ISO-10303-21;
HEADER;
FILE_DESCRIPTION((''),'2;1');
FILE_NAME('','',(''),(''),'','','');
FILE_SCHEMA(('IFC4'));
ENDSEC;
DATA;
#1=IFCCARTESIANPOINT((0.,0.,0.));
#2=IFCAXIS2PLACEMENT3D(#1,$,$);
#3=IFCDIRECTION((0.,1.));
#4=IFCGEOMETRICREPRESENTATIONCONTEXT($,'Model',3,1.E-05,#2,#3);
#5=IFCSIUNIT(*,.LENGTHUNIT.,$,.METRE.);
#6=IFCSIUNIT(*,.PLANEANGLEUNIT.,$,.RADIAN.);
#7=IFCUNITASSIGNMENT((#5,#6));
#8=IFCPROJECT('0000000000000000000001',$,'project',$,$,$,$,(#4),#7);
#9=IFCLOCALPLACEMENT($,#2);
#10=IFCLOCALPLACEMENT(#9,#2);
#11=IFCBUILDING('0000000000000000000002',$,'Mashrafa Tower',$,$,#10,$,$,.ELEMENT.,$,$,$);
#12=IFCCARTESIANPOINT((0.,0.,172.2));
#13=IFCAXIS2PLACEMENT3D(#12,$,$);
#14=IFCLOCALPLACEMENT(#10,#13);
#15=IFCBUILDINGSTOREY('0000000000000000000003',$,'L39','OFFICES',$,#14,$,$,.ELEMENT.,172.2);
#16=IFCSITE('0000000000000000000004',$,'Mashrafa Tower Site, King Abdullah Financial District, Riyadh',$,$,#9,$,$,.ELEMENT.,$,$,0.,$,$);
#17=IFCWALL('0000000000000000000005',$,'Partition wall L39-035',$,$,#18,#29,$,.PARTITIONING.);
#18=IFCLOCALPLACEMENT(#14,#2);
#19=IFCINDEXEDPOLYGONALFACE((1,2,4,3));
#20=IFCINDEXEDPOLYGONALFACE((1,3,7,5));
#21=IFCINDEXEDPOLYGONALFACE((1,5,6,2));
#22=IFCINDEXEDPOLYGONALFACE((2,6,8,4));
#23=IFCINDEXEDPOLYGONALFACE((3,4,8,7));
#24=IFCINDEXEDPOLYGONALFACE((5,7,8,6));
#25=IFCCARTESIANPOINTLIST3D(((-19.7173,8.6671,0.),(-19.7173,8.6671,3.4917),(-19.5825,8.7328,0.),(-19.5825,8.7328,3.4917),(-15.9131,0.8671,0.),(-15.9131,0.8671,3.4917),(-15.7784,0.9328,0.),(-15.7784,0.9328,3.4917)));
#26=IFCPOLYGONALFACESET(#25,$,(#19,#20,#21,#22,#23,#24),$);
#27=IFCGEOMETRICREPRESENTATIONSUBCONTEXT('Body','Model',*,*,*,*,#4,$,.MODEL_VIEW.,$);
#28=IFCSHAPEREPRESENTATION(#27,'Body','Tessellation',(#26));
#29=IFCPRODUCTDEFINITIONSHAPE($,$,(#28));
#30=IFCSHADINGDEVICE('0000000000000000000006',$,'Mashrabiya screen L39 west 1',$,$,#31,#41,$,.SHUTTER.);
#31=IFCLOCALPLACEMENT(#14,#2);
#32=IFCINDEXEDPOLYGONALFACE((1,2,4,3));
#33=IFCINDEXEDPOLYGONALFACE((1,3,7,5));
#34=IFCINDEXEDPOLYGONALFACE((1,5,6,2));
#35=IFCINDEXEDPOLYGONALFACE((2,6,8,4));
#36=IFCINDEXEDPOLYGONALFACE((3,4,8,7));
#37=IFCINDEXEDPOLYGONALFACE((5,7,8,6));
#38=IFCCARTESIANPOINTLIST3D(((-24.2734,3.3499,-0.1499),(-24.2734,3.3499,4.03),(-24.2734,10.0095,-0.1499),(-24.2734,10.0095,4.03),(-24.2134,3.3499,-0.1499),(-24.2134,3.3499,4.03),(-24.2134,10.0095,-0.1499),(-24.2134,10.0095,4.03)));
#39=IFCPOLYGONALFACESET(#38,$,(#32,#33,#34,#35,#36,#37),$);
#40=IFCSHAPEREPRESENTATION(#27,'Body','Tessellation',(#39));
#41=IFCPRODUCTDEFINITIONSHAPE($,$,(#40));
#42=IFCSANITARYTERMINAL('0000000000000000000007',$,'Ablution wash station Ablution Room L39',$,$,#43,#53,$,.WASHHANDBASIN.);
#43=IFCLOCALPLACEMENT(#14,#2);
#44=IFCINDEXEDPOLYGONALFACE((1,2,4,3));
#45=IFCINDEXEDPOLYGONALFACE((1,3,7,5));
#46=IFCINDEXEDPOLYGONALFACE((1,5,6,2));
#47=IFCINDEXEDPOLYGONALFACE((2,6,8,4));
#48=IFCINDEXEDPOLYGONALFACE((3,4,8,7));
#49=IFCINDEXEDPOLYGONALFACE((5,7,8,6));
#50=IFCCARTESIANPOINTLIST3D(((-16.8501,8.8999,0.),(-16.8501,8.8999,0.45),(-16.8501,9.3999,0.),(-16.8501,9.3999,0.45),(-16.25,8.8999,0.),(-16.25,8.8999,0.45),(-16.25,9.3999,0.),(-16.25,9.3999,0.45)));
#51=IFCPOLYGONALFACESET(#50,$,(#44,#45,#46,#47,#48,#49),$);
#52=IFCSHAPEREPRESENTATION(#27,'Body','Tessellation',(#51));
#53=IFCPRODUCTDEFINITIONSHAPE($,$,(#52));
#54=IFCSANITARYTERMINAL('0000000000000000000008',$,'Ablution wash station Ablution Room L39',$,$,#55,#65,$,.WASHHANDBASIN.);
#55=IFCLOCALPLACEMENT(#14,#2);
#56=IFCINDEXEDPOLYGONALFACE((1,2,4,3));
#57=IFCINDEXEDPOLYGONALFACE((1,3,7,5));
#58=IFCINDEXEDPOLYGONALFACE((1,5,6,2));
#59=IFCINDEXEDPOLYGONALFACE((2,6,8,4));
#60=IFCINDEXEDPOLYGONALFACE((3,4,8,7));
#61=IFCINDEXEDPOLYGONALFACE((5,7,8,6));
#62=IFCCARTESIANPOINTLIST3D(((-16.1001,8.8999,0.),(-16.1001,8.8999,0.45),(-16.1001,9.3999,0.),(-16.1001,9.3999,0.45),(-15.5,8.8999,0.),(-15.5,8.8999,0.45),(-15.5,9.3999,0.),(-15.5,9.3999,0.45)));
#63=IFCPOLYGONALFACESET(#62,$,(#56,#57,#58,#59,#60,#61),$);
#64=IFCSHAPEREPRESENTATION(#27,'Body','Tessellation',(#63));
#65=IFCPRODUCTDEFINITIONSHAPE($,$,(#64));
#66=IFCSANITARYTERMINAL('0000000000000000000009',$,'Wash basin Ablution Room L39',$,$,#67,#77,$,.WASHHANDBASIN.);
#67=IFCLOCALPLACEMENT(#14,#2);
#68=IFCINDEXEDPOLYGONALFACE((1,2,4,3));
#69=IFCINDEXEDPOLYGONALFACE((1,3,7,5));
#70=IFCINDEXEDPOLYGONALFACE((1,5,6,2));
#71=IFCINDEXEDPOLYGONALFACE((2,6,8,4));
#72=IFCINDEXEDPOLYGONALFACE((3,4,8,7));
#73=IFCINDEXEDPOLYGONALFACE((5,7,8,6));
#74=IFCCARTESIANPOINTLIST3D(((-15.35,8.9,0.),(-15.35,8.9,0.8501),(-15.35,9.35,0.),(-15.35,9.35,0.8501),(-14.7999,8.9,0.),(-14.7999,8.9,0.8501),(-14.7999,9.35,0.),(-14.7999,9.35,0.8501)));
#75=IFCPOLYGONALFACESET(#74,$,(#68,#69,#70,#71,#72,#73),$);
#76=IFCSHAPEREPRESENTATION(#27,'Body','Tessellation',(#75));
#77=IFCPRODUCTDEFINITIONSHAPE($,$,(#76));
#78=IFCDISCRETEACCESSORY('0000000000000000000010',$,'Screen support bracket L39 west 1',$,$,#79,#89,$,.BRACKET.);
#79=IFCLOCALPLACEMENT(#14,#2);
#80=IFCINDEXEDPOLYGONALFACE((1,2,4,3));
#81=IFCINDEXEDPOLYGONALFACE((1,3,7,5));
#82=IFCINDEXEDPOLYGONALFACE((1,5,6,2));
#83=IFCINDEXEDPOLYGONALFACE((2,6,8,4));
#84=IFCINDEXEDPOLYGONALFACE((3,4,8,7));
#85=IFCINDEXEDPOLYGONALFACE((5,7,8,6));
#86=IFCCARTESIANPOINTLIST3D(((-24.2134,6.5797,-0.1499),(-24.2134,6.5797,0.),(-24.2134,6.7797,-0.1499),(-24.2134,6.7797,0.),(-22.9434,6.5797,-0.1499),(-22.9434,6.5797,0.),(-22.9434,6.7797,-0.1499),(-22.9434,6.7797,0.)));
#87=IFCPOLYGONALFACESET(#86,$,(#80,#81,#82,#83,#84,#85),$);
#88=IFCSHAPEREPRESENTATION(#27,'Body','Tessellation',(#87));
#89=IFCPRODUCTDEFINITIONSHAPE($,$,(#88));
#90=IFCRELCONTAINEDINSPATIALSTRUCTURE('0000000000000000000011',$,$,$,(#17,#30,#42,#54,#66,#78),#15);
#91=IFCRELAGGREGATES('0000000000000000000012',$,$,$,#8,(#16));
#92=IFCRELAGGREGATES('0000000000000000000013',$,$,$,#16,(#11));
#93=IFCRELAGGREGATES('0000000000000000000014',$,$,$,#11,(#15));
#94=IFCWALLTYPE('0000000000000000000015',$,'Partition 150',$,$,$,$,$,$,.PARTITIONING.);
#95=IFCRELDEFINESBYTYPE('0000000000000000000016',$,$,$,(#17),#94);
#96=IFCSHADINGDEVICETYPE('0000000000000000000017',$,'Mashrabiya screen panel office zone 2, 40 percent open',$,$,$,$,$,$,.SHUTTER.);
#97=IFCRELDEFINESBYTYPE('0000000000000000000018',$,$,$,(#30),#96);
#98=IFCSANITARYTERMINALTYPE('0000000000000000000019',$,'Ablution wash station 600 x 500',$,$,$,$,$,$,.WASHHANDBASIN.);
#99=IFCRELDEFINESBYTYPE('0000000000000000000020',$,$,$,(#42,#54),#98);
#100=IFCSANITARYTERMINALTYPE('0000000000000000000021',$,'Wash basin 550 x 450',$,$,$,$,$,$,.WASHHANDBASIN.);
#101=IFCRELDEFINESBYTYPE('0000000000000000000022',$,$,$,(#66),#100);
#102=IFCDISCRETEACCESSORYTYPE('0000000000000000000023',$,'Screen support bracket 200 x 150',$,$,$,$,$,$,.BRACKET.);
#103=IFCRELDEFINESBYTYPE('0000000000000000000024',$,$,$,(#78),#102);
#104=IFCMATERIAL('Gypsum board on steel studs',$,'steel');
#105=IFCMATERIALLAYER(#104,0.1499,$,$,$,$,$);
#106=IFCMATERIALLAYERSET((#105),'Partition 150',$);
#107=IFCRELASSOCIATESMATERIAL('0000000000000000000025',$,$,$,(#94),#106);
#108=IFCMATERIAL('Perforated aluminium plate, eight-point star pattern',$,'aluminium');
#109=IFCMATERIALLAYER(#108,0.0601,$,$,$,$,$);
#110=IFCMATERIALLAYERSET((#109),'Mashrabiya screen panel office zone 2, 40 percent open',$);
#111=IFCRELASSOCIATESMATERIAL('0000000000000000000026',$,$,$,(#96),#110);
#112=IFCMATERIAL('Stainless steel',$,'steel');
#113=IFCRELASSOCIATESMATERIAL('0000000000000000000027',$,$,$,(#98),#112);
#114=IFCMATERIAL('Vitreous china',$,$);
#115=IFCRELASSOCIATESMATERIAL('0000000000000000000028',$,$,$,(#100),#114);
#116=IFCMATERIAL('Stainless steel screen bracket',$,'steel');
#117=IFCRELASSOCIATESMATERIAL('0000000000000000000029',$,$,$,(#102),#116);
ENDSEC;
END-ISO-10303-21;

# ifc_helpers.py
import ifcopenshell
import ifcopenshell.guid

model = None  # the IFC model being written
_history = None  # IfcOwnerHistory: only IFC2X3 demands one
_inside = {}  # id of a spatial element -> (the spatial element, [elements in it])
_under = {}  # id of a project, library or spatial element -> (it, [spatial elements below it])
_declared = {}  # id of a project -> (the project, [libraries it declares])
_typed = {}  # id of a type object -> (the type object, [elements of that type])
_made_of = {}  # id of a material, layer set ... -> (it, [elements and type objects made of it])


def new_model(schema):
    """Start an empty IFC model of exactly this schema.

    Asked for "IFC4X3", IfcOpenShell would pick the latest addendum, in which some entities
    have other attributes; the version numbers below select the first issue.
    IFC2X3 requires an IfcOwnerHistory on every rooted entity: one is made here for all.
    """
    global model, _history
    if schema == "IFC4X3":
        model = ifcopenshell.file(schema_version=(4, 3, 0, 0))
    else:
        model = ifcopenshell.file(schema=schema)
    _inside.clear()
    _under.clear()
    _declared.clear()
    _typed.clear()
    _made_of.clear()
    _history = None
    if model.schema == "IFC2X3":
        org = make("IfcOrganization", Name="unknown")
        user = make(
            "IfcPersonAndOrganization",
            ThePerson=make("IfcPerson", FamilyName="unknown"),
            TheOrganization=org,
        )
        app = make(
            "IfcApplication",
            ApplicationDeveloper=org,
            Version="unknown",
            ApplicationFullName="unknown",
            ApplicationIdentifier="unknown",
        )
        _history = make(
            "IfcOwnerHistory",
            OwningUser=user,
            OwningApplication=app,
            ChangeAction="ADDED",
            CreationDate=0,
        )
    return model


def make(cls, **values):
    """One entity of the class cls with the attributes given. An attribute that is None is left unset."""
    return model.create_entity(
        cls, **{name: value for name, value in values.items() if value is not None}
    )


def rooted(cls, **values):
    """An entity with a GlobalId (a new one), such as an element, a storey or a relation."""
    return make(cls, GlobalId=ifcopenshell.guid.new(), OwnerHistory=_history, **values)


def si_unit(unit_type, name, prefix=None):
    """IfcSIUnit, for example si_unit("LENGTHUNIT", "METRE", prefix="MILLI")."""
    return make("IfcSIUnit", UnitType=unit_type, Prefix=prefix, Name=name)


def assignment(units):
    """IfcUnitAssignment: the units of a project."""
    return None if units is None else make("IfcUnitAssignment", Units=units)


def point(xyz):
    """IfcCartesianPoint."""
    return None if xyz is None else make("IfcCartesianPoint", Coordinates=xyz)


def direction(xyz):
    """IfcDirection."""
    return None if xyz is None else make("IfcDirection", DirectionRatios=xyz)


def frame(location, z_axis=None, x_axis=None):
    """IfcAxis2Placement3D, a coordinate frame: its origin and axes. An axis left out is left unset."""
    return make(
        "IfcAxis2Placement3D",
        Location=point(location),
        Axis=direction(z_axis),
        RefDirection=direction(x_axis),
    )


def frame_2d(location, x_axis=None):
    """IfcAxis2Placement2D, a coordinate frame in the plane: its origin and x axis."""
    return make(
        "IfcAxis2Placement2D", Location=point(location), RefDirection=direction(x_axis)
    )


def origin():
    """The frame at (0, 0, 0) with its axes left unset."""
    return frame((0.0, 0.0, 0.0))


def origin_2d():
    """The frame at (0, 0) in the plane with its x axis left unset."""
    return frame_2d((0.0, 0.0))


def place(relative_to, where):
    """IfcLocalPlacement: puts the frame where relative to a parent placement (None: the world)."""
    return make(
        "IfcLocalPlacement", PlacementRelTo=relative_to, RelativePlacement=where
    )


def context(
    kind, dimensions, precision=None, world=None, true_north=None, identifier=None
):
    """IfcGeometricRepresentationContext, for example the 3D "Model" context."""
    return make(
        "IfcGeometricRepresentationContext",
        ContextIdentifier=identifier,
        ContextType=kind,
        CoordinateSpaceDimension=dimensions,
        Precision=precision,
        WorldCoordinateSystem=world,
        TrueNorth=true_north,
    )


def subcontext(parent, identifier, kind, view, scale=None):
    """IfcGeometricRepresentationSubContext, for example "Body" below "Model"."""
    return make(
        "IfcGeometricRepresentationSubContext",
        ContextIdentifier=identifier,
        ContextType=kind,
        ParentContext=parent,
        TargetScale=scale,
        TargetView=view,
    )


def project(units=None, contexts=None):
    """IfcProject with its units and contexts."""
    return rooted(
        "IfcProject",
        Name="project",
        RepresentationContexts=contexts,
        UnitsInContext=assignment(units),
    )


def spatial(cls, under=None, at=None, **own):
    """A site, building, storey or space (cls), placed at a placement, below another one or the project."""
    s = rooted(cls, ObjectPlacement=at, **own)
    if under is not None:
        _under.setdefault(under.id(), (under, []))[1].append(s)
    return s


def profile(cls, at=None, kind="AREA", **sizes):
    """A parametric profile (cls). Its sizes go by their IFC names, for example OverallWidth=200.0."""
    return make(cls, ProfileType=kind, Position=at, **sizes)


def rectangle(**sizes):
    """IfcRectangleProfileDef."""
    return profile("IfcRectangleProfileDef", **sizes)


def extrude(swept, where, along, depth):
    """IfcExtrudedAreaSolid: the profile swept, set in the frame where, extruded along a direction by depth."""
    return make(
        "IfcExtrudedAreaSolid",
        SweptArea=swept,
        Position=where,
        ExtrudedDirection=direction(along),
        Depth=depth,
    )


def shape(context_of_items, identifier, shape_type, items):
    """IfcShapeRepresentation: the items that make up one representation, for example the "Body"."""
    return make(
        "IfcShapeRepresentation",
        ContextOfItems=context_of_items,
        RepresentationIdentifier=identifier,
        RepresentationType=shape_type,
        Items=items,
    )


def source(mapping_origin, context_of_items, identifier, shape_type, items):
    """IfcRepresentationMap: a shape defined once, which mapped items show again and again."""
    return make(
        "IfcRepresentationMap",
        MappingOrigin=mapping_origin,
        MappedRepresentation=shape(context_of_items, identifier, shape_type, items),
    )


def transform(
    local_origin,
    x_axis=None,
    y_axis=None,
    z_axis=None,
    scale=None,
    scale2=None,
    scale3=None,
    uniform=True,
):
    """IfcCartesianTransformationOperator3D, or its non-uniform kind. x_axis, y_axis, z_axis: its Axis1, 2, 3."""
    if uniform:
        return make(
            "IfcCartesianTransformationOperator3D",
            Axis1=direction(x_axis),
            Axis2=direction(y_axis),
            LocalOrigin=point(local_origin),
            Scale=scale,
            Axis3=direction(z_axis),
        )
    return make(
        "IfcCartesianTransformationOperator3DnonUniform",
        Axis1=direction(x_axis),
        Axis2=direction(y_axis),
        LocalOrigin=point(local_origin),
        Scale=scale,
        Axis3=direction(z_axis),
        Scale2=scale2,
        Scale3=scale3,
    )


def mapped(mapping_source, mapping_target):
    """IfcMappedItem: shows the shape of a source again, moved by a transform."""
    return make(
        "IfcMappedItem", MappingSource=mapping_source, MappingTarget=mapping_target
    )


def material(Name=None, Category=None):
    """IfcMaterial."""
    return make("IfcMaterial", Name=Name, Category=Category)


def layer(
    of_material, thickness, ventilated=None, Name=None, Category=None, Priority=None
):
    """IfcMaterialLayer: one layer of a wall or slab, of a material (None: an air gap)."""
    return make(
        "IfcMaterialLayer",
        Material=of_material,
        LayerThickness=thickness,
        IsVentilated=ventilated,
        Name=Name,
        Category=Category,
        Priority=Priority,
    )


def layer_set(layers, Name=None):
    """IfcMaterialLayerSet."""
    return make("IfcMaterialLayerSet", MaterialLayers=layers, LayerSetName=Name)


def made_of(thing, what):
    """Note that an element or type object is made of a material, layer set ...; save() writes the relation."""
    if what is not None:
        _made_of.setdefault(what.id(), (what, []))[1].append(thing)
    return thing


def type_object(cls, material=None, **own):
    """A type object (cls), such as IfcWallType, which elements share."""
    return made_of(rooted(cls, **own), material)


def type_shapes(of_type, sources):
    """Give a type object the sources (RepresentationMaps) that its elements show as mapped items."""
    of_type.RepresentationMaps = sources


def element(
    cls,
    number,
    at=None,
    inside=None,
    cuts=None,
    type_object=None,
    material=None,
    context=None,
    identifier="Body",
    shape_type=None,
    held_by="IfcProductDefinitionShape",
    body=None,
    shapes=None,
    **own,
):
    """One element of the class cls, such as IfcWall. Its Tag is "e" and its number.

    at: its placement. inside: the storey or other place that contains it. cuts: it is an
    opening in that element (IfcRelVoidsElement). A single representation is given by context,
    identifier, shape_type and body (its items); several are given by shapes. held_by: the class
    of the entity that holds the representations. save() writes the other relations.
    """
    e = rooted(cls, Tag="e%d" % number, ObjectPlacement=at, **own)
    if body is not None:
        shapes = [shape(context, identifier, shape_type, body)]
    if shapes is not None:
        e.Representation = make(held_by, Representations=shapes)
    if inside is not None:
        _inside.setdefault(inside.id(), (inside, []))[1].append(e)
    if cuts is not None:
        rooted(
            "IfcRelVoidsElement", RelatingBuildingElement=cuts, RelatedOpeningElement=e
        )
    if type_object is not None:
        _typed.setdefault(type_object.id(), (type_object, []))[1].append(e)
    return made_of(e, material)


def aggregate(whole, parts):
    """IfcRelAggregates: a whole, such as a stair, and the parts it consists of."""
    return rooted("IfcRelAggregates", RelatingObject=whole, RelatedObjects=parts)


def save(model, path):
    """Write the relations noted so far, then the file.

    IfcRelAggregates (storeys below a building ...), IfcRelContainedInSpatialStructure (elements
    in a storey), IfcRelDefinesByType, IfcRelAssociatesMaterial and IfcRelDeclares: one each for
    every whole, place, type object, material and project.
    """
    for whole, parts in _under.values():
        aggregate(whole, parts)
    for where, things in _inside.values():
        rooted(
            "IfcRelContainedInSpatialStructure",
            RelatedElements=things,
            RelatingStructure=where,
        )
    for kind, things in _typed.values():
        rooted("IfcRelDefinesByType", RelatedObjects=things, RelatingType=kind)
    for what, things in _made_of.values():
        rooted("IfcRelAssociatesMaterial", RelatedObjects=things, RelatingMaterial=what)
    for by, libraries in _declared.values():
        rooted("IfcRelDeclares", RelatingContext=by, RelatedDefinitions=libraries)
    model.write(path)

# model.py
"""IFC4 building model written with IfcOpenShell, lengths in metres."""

from ifc_helpers import new_model, si_unit, direction, frame, frame_2d, origin, origin_2d, place, context, subcontext, project, spatial, rectangle, extrude, source, transform, mapped, material, layer, layer_set, type_object, type_shapes, element, save


model = new_model("IFC4")

# Units and contexts
model_context = context("Model", 3, precision=1e-05, world=origin(), true_north=direction((0.0, 1.0)))
body_context = subcontext(model_context, "Body", "Model", "MODEL_VIEW")
ifc_project = project(units=[si_unit("LENGTHUNIT", "METRE"), si_unit("PLANEANGLEUNIT", "RADIAN")], contexts=[model_context])

# Site, building, storey
site_placement = place(None, origin())
site = spatial("IfcSite", under=ifc_project, at=site_placement, Name="Mashrafa Tower Site, King Abdullah Financial District, Riyadh", CompositionType="ELEMENT", RefElevation=0.0)
building_placement = place(site_placement, origin())
building = spatial("IfcBuilding", under=site, at=building_placement, Name="Mashrafa Tower", CompositionType="ELEMENT")
storey_placement = place(building_placement, frame((0.0, 0.0, 172.2)))
storey = spatial("IfcBuildingStorey", under=building, at=storey_placement, Name="L39", Description="OFFICES", CompositionType="ELEMENT", Elevation=172.2)

# Wall
ifc_material_1 = material(Name="Gypsum board on steel studs", Category="steel")
ifc_layer_1 = layer(ifc_material_1, 0.1499)
ifc_layer_set_1 = layer_set([ifc_layer_1], Name="Partition 150")
wall_type_1 = type_object("IfcWallType", Name="Partition 150", PredefinedType="PARTITIONING", material=ifc_layer_set_1)
wall_1_placement = place(storey_placement, frame((-19.6499, 8.7, 0.0), z_axis=(0.0, 0.0, 1.0), x_axis=(0.438358, -0.8988, 0.0)))
element("IfcWall", 1, at=wall_1_placement, inside=storey, type_object=wall_type_1, Name="Partition wall L39-035", PredefinedType="PARTITIONING", context=body_context, shape_type="SweptSolid", body=[
    extrude(rectangle(XDim=8.6782, YDim=0.1499, at=frame_2d((4.3391, 0.0))), origin(), (0.0, 0.0, 1.0), 3.4917),
])

# Shading device
ifc_material_2 = material(Name="Perforated aluminium plate, eight-point star pattern", Category="aluminium")
ifc_layer_2 = layer(ifc_material_2, 0.0601)
ifc_layer_set_2 = layer_set([ifc_layer_2], Name="Mashrabiya screen panel office zone 2, 40 percent open")
shading_device_type = type_object("IfcShadingDeviceType", Name="Mashrabiya screen panel office zone 2, 40 percent open", PredefinedType="SHUTTER", material=ifc_layer_set_2)
shared_shape_1 = source(origin(), body_context, "Body", "SweptSolid", [
    extrude(rectangle(XDim=6.6597, YDim=0.0601, at=origin_2d()), origin(), (0.0, 0.0, 1.0), 4.1799),
])
type_shapes(shading_device_type, [shared_shape_1])
shading_device_placement = place(storey_placement, frame((-24.2434, 6.6797, -0.1499), z_axis=(0.0, 0.0, 1.0), x_axis=(0.0, -1.0, 0.0)))
element("IfcShadingDevice", 2, at=shading_device_placement, inside=storey, type_object=shading_device_type, Name="Mashrabiya screen L39 west 1", PredefinedType="SHUTTER", context=body_context, shape_type="MappedRepresentation", body=[
    mapped(shared_shape_1, transform((0.0, 0.0, 0.0))),
])

# Sanitary terminals
ifc_material_3 = material(Name="Stainless steel", Category="steel")
sanitary_terminal_type_1 = type_object("IfcSanitaryTerminalType", Name="Ablution wash station 600 x 500", PredefinedType="WASHHANDBASIN", material=ifc_material_3)
for number, where, z_axis, x_axis, name in (
    (3, (-16.55, 9.1499, 0.0), (0.0, 0.0, 1.0), (1.0, 0.0, 0.0), "Ablution wash station Ablution Room L39"),
    (4, (-15.8, 9.1499, 0.0), (0.0, 0.0, 1.0), (1.0, 0.0, 0.0), "Ablution wash station Ablution Room L39"),
):
    element("IfcSanitaryTerminal", number, at=place(storey_placement, frame(where, z_axis=z_axis, x_axis=x_axis)), inside=storey, type_object=sanitary_terminal_type_1, Name=name, PredefinedType="WASHHANDBASIN", context=body_context, shape_type="SweptSolid", body=[
        extrude(rectangle(XDim=0.6001, YDim=0.5, at=origin_2d()), origin(), (0.0, 0.0, 1.0), 0.45),
    ])
ifc_material_4 = material(Name="Vitreous china")
sanitary_terminal_type_2 = type_object("IfcSanitaryTerminalType", Name="Wash basin 550 x 450", PredefinedType="WASHHANDBASIN", material=ifc_material_4)
sanitary_terminal_placement = place(storey_placement, frame((-15.075, 9.125, 0.0), z_axis=(0.0, 0.0, 1.0), x_axis=(1.0, 0.0, 0.0)))
element("IfcSanitaryTerminal", 5, at=sanitary_terminal_placement, inside=storey, type_object=sanitary_terminal_type_2, Name="Wash basin Ablution Room L39", PredefinedType="WASHHANDBASIN", context=body_context, shape_type="SweptSolid", body=[
    extrude(rectangle(XDim=0.55, YDim=0.45, at=origin_2d()), origin(), (0.0, 0.0, 1.0), 0.8501),
])

# Discrete accessory
ifc_material_5 = material(Name="Stainless steel screen bracket", Category="steel")
discrete_accessory_type = type_object("IfcDiscreteAccessoryType", Name="Screen support bracket 200 x 150", PredefinedType="BRACKET", material=ifc_material_5)
shared_shape_2 = source(origin(), body_context, "Body", "SweptSolid", [
    extrude(rectangle(XDim=0.2, YDim=1.27, at=origin_2d()), origin(), (0.0, 0.0, 1.0), 0.1499),
])
type_shapes(discrete_accessory_type, [shared_shape_2])
discrete_accessory_placement = place(storey_placement, frame((-23.5784, 6.6797, -0.1499), z_axis=(0.0, 0.0, 1.0), x_axis=(0.0, -1.0, 0.0)))
element("IfcDiscreteAccessory", 6, at=discrete_accessory_placement, inside=storey, type_object=discrete_accessory_type, Name="Screen support bracket L39 west 1", PredefinedType="BRACKET", context=body_context, shape_type="MappedRepresentation", body=[
    mapped(shared_shape_2, transform((0.0, 0.0, 0.0))),
])

save(model, "model.ifc")
